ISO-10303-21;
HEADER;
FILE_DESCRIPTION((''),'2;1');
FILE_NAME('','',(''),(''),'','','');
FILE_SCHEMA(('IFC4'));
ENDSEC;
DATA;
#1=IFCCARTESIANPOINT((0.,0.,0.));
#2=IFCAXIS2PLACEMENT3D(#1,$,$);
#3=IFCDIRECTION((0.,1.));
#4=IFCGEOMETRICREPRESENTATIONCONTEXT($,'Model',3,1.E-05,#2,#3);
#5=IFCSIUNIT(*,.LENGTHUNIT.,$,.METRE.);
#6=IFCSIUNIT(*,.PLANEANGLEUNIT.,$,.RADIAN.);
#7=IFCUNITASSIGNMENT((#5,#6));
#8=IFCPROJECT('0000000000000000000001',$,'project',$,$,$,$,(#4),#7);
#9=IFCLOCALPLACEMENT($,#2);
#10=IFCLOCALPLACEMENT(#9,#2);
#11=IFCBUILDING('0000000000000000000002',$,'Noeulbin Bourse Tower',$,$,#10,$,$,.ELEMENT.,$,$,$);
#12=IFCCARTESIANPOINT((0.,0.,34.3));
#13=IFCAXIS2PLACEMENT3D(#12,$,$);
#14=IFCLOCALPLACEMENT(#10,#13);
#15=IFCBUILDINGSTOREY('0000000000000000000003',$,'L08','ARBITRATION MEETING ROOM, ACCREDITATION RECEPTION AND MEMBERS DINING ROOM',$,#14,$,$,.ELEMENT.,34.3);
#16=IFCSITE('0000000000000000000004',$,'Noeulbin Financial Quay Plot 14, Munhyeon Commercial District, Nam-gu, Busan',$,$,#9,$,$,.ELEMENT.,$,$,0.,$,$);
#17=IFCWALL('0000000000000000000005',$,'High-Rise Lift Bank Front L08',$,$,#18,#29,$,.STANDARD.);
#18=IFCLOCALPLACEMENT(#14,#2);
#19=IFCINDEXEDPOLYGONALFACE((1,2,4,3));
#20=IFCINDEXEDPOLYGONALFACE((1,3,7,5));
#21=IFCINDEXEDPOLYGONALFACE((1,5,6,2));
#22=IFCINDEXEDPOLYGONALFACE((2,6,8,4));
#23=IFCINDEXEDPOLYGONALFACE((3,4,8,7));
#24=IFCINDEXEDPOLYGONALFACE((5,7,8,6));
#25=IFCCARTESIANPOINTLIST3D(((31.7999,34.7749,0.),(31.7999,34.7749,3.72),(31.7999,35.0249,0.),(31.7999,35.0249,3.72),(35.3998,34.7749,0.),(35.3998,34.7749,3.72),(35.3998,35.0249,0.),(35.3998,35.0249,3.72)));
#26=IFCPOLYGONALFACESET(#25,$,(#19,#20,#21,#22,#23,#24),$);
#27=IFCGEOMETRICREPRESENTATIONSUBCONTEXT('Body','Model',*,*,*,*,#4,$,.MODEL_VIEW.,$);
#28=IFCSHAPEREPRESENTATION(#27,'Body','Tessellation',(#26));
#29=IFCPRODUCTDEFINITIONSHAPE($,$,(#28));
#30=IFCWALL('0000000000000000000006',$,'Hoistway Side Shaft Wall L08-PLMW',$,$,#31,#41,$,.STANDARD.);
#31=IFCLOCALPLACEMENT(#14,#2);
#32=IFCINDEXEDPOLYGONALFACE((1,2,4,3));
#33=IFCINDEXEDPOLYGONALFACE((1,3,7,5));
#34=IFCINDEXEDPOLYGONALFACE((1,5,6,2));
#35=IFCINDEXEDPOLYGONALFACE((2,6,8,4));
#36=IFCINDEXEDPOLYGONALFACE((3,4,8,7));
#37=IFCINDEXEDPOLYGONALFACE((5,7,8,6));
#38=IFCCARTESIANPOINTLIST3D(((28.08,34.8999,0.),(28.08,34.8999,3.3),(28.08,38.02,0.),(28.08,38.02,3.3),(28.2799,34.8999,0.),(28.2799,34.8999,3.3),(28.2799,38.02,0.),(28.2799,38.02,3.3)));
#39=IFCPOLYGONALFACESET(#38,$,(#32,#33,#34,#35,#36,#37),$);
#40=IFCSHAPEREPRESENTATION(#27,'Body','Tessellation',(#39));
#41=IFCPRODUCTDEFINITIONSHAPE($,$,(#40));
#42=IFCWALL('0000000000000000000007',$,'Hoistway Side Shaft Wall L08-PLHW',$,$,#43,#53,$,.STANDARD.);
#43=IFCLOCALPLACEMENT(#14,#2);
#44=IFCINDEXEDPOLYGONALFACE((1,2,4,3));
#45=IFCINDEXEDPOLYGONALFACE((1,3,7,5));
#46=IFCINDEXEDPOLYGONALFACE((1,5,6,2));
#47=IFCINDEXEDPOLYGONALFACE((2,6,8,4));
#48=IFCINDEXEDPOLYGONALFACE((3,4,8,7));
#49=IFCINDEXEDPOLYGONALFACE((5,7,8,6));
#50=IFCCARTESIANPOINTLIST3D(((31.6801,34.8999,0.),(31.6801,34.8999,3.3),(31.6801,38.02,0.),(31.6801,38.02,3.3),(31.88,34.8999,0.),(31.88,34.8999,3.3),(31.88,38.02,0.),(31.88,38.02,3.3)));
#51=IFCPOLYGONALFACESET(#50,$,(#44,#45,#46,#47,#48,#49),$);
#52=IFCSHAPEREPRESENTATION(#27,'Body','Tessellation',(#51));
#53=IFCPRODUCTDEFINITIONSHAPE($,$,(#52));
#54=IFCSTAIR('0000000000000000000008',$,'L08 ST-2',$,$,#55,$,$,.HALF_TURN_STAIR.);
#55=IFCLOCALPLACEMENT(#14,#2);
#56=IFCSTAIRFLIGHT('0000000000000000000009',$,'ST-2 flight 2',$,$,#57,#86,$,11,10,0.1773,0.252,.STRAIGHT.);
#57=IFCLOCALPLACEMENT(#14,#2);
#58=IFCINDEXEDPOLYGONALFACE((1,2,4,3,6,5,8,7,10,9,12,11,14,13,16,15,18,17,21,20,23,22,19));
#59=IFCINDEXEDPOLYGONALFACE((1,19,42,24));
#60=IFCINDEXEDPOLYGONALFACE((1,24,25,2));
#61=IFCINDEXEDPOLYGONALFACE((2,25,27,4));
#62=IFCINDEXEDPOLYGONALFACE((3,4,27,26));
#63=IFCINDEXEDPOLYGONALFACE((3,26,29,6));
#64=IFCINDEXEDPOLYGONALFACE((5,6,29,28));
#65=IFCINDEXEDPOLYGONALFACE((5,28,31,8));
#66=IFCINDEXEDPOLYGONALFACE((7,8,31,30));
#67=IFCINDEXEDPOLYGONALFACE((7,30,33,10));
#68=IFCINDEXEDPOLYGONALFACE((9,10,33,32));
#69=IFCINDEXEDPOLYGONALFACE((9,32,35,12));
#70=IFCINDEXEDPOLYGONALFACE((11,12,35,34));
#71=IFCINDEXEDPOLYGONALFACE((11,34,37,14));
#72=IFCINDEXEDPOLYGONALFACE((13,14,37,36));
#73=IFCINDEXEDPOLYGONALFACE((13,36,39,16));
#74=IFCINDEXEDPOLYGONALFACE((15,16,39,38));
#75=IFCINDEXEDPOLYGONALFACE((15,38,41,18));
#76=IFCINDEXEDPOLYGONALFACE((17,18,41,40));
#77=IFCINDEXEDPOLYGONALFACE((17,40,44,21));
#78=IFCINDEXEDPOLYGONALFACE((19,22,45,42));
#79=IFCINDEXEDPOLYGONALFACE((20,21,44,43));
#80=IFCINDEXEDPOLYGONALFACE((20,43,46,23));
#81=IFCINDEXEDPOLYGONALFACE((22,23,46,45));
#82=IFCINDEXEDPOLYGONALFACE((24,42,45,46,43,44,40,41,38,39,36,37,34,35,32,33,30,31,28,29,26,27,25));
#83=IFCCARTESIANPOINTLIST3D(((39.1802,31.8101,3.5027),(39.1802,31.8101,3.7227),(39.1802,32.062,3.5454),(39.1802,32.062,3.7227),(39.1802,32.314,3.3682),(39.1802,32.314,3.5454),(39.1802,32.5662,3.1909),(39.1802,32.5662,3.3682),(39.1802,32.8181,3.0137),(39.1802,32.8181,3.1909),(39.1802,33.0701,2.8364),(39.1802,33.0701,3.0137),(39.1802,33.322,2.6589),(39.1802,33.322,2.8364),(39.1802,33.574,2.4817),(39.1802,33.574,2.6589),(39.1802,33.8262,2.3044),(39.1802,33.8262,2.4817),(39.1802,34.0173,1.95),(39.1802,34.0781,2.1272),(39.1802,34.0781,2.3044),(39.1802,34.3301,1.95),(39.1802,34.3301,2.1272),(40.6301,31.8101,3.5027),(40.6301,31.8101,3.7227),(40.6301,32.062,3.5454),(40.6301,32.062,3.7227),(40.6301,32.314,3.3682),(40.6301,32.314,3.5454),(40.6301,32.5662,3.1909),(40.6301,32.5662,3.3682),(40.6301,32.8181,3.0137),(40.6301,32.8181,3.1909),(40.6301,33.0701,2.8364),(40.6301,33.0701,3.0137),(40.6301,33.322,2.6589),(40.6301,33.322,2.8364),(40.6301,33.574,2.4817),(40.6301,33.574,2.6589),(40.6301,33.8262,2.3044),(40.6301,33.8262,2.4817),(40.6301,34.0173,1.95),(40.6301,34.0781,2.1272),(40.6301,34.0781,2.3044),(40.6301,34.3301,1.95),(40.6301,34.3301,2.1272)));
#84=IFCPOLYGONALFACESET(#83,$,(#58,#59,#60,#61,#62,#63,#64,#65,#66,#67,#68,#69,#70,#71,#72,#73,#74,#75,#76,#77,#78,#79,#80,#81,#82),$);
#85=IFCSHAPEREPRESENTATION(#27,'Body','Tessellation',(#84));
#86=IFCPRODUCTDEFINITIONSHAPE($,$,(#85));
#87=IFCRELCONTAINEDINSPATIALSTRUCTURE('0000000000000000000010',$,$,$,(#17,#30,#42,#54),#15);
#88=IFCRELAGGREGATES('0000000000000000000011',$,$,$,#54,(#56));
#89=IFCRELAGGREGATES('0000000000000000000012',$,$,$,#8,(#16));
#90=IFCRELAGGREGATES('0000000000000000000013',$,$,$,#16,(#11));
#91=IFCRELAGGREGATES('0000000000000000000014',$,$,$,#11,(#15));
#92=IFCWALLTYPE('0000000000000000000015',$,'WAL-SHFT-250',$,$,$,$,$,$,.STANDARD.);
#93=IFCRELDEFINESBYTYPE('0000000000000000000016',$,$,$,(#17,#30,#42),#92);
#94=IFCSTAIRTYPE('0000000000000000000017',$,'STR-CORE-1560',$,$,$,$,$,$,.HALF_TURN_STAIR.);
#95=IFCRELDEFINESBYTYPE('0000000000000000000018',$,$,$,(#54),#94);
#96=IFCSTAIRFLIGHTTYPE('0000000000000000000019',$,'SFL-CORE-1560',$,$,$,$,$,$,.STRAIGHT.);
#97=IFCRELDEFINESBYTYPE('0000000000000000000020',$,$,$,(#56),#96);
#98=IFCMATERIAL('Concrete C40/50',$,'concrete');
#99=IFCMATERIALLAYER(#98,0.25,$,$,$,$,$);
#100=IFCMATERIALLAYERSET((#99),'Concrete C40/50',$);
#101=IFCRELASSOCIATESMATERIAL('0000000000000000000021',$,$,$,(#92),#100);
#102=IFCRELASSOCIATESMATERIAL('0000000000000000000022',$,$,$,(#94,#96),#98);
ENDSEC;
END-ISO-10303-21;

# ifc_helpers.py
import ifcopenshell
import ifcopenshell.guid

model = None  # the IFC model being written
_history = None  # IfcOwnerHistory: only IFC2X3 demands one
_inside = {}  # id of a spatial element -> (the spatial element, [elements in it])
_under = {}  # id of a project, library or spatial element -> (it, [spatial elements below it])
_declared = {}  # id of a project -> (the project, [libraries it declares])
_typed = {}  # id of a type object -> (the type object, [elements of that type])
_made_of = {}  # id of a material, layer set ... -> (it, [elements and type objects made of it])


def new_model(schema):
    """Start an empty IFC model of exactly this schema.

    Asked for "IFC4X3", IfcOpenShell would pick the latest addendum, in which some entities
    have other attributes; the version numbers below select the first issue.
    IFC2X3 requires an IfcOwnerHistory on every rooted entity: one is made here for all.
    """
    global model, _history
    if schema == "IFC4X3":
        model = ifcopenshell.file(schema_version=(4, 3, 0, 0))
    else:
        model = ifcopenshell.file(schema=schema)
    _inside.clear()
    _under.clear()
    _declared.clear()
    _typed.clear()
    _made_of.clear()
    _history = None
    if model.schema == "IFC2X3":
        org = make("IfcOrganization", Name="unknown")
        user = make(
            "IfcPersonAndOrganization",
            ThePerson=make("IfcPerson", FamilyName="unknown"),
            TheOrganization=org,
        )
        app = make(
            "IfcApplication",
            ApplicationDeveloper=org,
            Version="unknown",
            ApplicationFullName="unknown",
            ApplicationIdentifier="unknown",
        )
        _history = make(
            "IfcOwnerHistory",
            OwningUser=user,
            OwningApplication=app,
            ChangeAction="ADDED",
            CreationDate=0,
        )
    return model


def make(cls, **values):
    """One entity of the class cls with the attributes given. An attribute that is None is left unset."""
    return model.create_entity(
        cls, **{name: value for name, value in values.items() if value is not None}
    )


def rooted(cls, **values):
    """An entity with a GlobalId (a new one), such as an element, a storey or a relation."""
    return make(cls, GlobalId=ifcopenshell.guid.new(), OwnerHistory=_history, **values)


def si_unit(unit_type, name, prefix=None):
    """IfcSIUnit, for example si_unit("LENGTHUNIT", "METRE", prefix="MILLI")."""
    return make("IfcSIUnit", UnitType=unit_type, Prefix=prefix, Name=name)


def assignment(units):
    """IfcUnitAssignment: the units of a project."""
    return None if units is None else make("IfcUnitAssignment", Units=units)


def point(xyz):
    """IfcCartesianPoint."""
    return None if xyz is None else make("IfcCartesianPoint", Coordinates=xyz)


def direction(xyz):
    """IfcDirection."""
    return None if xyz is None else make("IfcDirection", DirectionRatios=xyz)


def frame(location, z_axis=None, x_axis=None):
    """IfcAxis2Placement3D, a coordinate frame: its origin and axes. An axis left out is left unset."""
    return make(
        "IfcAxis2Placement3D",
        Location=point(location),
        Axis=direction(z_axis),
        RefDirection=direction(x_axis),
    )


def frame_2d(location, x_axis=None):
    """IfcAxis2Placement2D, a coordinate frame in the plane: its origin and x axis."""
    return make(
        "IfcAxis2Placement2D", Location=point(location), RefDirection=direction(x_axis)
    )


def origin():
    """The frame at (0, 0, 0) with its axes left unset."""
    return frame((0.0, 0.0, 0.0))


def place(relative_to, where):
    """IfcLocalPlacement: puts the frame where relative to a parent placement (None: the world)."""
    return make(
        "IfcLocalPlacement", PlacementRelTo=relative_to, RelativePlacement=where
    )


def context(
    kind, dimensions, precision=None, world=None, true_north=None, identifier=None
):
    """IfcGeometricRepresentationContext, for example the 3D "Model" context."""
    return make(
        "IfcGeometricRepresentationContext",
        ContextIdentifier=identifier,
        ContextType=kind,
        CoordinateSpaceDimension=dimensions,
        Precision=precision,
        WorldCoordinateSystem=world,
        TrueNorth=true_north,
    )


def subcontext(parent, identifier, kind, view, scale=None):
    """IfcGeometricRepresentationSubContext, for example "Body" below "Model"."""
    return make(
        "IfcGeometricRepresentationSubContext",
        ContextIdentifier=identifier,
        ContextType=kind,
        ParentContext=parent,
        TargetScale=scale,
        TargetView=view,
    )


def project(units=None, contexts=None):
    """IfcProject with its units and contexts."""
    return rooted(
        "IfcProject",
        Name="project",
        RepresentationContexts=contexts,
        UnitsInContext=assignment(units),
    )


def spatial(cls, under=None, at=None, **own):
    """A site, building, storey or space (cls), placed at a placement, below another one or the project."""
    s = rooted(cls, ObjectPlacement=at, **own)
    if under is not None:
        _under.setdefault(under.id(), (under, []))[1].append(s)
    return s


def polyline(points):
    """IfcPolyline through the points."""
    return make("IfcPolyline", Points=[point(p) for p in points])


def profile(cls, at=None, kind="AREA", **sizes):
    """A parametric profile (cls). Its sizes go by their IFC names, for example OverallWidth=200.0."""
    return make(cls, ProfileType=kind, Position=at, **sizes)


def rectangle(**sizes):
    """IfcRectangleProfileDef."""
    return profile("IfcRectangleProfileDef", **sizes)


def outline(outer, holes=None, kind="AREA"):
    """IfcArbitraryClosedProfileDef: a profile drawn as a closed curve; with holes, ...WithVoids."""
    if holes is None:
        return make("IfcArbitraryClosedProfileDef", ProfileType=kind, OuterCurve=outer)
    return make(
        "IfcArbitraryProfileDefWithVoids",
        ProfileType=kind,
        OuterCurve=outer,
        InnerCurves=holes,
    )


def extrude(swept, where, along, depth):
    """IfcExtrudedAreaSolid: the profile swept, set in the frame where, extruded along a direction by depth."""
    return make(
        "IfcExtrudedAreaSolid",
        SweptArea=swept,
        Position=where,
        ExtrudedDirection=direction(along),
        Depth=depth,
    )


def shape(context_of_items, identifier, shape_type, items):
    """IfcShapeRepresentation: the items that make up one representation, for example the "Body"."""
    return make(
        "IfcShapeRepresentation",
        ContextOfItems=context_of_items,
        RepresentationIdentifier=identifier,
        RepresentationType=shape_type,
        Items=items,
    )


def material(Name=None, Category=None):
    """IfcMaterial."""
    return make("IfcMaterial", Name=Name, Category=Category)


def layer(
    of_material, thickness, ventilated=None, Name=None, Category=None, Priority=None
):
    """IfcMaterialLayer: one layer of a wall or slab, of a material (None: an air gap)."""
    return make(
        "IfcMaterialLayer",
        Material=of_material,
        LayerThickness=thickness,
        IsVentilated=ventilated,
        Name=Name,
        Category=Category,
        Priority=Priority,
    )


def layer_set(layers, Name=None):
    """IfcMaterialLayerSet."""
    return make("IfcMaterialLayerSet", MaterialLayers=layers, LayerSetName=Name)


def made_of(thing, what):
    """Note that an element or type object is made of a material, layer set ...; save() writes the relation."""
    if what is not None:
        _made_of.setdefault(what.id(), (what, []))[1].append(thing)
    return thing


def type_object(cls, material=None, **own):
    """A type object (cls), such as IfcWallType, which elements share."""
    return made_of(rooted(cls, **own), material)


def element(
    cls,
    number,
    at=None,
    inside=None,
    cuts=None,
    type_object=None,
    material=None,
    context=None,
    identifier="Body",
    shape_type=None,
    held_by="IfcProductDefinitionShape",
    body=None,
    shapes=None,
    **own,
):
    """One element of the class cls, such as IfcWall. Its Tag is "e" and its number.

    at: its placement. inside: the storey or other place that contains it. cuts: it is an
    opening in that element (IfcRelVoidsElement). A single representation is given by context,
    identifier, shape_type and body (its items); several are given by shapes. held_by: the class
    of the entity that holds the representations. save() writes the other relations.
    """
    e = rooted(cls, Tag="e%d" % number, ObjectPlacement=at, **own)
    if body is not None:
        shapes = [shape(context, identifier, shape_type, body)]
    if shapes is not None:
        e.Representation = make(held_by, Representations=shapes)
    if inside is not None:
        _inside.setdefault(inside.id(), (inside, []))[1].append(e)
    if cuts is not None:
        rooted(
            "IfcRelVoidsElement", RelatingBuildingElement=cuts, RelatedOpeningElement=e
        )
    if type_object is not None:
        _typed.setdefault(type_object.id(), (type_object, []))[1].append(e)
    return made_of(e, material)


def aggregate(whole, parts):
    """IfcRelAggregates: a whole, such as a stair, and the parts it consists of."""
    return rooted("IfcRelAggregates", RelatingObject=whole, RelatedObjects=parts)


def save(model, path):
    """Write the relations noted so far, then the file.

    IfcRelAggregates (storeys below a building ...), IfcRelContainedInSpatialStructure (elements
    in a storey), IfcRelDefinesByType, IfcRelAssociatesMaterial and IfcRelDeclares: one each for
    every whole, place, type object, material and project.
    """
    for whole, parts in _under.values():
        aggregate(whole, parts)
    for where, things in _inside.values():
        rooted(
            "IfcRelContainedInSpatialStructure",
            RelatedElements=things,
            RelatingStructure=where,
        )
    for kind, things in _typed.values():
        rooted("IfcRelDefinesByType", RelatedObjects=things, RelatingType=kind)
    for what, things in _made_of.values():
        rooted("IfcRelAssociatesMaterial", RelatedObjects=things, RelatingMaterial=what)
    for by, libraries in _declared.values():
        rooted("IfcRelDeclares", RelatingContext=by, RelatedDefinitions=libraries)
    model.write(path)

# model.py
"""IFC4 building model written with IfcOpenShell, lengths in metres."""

from ifc_helpers import new_model, si_unit, direction, frame, frame_2d, origin, place, context, subcontext, project, spatial, polyline, rectangle, outline, extrude, material, layer, layer_set, type_object, element, aggregate, save


model = new_model("IFC4")

# Units and contexts
model_context = context("Model", 3, precision=1e-05, world=origin(), true_north=direction((0.0, 1.0)))
body_context = subcontext(model_context, "Body", "Model", "MODEL_VIEW")
ifc_project = project(units=[si_unit("LENGTHUNIT", "METRE"), si_unit("PLANEANGLEUNIT", "RADIAN")], contexts=[model_context])

# Site, building, storey
site_placement = place(None, origin())
site = spatial("IfcSite", under=ifc_project, at=site_placement, Name="Noeulbin Financial Quay Plot 14, Munhyeon Commercial District, Nam-gu, Busan", CompositionType="ELEMENT", RefElevation=0.0)
building_placement = place(site_placement, origin())
building = spatial("IfcBuilding", under=site, at=building_placement, Name="Noeulbin Bourse Tower", CompositionType="ELEMENT")
storey_placement = place(building_placement, frame((0.0, 0.0, 34.3)))
storey = spatial("IfcBuildingStorey", under=building, at=storey_placement, Name="L08", Description="ARBITRATION MEETING ROOM, ACCREDITATION RECEPTION AND MEMBERS DINING ROOM", CompositionType="ELEMENT", Elevation=34.3)

# Shared definitions
ifc_material_1 = material(Name="Concrete C40/50", Category="concrete")

# Shared definitions
ifc_layer_1 = layer(ifc_material_1, 0.25)
ifc_layer_set_1 = layer_set([ifc_layer_1], Name="Concrete C40/50")
wall_type_1 = type_object("IfcWallType", Name="WAL-SHFT-250", PredefinedType="STANDARD", material=ifc_layer_set_1)

# Walls
wall_1_placement = place(storey_placement, frame((31.8, 34.8999, 0.0), z_axis=(0.0, 0.0, 1.0), x_axis=(1.0, 0.0, 0.0)))
element("IfcWall", 1, at=wall_1_placement, inside=storey, type_object=wall_type_1, Name="High-Rise Lift Bank Front L08", PredefinedType="STANDARD", context=body_context, shape_type="SweptSolid", body=[
    extrude(rectangle(XDim=3.5999, YDim=0.25, at=frame_2d((1.7998, 0.0))), origin(), (0.0, 0.0, 1.0), 3.72),
])
for number, where, z_axis, x_axis, name in (
    (2, (28.1799, 34.8999, 0.0), (0.0, 0.0, 1.0), (0.0, 1.0, 0.0), "Hoistway Side Shaft Wall L08-PLMW"),
    (3, (31.78, 34.8999, 0.0), (0.0, 0.0, 1.0), (0.0, 1.0, 0.0), "Hoistway Side Shaft Wall L08-PLHW"),
):
    element("IfcWall", number, at=place(storey_placement, frame(where, z_axis=z_axis, x_axis=x_axis)), inside=storey, type_object=wall_type_1, Name=name, PredefinedType="STANDARD", context=body_context, shape_type="SweptSolid", body=[
        extrude(rectangle(XDim=3.1201, YDim=0.2, at=frame_2d((1.5601, 0.0))), origin(), (0.0, 0.0, 1.0), 3.3),
    ])

# Stair, stair flight
stair_type = type_object("IfcStairType", Name="STR-CORE-1560", PredefinedType="HALF_TURN_STAIR", material=ifc_material_1)
stair_placement = place(storey_placement, origin())
stair = element("IfcStair", 4, at=stair_placement, inside=storey, type_object=stair_type, Name="L08 ST-2", PredefinedType="HALF_TURN_STAIR")
stair_flight_type = type_object("IfcStairFlightType", Name="SFL-CORE-1560", PredefinedType="STRAIGHT", material=ifc_material_1)
stair_flight_placement = place(storey_placement, frame((39.905, 34.3301, 1.95), z_axis=(0.0, 0.0, 1.0), x_axis=(0.0, -1.0, 0.0)))
stair_flight = element("IfcStairFlight", 5, at=stair_flight_placement, type_object=stair_flight_type, Name="ST-2 flight 2", NumberOfRisers=11, NumberOfTreads=10, PredefinedType="STRAIGHT", RiserHeight=0.1773, TreadLength=0.252, context=body_context, shape_type="SweptSolid", body=[
    extrude(outline(polyline([(0.0, 0.0), (0.0, 0.1772), (0.252, 0.1772), (0.252, 0.3545), (0.5039, 0.3545), (0.5039, 0.5317), (0.7561, 0.5317), (0.7561, 0.709), (1.0081, 0.709), (1.0081, 0.8865), (1.26, 0.8865), (1.26, 1.0637), (1.512, 1.0637), (1.512, 1.241), (1.7639, 1.241), (1.7639, 1.4182), (2.0161, 1.4182), (2.0161, 1.5955), (2.2681, 1.5955), (2.2681, 1.7727), (2.52, 1.7727), (2.52, 1.95), (2.52, 1.5527), (0.3127, 0.0), (0.0, 0.0)])), frame((0.0, 0.7251, 0.0), z_axis=(0.0, -1.0, 0.0), x_axis=(1.0, 0.0, 0.0)), (0.0, 0.0, 1.0), 1.45),
])
aggregate(stair, [stair_flight])

save(model, "model.ifc")
